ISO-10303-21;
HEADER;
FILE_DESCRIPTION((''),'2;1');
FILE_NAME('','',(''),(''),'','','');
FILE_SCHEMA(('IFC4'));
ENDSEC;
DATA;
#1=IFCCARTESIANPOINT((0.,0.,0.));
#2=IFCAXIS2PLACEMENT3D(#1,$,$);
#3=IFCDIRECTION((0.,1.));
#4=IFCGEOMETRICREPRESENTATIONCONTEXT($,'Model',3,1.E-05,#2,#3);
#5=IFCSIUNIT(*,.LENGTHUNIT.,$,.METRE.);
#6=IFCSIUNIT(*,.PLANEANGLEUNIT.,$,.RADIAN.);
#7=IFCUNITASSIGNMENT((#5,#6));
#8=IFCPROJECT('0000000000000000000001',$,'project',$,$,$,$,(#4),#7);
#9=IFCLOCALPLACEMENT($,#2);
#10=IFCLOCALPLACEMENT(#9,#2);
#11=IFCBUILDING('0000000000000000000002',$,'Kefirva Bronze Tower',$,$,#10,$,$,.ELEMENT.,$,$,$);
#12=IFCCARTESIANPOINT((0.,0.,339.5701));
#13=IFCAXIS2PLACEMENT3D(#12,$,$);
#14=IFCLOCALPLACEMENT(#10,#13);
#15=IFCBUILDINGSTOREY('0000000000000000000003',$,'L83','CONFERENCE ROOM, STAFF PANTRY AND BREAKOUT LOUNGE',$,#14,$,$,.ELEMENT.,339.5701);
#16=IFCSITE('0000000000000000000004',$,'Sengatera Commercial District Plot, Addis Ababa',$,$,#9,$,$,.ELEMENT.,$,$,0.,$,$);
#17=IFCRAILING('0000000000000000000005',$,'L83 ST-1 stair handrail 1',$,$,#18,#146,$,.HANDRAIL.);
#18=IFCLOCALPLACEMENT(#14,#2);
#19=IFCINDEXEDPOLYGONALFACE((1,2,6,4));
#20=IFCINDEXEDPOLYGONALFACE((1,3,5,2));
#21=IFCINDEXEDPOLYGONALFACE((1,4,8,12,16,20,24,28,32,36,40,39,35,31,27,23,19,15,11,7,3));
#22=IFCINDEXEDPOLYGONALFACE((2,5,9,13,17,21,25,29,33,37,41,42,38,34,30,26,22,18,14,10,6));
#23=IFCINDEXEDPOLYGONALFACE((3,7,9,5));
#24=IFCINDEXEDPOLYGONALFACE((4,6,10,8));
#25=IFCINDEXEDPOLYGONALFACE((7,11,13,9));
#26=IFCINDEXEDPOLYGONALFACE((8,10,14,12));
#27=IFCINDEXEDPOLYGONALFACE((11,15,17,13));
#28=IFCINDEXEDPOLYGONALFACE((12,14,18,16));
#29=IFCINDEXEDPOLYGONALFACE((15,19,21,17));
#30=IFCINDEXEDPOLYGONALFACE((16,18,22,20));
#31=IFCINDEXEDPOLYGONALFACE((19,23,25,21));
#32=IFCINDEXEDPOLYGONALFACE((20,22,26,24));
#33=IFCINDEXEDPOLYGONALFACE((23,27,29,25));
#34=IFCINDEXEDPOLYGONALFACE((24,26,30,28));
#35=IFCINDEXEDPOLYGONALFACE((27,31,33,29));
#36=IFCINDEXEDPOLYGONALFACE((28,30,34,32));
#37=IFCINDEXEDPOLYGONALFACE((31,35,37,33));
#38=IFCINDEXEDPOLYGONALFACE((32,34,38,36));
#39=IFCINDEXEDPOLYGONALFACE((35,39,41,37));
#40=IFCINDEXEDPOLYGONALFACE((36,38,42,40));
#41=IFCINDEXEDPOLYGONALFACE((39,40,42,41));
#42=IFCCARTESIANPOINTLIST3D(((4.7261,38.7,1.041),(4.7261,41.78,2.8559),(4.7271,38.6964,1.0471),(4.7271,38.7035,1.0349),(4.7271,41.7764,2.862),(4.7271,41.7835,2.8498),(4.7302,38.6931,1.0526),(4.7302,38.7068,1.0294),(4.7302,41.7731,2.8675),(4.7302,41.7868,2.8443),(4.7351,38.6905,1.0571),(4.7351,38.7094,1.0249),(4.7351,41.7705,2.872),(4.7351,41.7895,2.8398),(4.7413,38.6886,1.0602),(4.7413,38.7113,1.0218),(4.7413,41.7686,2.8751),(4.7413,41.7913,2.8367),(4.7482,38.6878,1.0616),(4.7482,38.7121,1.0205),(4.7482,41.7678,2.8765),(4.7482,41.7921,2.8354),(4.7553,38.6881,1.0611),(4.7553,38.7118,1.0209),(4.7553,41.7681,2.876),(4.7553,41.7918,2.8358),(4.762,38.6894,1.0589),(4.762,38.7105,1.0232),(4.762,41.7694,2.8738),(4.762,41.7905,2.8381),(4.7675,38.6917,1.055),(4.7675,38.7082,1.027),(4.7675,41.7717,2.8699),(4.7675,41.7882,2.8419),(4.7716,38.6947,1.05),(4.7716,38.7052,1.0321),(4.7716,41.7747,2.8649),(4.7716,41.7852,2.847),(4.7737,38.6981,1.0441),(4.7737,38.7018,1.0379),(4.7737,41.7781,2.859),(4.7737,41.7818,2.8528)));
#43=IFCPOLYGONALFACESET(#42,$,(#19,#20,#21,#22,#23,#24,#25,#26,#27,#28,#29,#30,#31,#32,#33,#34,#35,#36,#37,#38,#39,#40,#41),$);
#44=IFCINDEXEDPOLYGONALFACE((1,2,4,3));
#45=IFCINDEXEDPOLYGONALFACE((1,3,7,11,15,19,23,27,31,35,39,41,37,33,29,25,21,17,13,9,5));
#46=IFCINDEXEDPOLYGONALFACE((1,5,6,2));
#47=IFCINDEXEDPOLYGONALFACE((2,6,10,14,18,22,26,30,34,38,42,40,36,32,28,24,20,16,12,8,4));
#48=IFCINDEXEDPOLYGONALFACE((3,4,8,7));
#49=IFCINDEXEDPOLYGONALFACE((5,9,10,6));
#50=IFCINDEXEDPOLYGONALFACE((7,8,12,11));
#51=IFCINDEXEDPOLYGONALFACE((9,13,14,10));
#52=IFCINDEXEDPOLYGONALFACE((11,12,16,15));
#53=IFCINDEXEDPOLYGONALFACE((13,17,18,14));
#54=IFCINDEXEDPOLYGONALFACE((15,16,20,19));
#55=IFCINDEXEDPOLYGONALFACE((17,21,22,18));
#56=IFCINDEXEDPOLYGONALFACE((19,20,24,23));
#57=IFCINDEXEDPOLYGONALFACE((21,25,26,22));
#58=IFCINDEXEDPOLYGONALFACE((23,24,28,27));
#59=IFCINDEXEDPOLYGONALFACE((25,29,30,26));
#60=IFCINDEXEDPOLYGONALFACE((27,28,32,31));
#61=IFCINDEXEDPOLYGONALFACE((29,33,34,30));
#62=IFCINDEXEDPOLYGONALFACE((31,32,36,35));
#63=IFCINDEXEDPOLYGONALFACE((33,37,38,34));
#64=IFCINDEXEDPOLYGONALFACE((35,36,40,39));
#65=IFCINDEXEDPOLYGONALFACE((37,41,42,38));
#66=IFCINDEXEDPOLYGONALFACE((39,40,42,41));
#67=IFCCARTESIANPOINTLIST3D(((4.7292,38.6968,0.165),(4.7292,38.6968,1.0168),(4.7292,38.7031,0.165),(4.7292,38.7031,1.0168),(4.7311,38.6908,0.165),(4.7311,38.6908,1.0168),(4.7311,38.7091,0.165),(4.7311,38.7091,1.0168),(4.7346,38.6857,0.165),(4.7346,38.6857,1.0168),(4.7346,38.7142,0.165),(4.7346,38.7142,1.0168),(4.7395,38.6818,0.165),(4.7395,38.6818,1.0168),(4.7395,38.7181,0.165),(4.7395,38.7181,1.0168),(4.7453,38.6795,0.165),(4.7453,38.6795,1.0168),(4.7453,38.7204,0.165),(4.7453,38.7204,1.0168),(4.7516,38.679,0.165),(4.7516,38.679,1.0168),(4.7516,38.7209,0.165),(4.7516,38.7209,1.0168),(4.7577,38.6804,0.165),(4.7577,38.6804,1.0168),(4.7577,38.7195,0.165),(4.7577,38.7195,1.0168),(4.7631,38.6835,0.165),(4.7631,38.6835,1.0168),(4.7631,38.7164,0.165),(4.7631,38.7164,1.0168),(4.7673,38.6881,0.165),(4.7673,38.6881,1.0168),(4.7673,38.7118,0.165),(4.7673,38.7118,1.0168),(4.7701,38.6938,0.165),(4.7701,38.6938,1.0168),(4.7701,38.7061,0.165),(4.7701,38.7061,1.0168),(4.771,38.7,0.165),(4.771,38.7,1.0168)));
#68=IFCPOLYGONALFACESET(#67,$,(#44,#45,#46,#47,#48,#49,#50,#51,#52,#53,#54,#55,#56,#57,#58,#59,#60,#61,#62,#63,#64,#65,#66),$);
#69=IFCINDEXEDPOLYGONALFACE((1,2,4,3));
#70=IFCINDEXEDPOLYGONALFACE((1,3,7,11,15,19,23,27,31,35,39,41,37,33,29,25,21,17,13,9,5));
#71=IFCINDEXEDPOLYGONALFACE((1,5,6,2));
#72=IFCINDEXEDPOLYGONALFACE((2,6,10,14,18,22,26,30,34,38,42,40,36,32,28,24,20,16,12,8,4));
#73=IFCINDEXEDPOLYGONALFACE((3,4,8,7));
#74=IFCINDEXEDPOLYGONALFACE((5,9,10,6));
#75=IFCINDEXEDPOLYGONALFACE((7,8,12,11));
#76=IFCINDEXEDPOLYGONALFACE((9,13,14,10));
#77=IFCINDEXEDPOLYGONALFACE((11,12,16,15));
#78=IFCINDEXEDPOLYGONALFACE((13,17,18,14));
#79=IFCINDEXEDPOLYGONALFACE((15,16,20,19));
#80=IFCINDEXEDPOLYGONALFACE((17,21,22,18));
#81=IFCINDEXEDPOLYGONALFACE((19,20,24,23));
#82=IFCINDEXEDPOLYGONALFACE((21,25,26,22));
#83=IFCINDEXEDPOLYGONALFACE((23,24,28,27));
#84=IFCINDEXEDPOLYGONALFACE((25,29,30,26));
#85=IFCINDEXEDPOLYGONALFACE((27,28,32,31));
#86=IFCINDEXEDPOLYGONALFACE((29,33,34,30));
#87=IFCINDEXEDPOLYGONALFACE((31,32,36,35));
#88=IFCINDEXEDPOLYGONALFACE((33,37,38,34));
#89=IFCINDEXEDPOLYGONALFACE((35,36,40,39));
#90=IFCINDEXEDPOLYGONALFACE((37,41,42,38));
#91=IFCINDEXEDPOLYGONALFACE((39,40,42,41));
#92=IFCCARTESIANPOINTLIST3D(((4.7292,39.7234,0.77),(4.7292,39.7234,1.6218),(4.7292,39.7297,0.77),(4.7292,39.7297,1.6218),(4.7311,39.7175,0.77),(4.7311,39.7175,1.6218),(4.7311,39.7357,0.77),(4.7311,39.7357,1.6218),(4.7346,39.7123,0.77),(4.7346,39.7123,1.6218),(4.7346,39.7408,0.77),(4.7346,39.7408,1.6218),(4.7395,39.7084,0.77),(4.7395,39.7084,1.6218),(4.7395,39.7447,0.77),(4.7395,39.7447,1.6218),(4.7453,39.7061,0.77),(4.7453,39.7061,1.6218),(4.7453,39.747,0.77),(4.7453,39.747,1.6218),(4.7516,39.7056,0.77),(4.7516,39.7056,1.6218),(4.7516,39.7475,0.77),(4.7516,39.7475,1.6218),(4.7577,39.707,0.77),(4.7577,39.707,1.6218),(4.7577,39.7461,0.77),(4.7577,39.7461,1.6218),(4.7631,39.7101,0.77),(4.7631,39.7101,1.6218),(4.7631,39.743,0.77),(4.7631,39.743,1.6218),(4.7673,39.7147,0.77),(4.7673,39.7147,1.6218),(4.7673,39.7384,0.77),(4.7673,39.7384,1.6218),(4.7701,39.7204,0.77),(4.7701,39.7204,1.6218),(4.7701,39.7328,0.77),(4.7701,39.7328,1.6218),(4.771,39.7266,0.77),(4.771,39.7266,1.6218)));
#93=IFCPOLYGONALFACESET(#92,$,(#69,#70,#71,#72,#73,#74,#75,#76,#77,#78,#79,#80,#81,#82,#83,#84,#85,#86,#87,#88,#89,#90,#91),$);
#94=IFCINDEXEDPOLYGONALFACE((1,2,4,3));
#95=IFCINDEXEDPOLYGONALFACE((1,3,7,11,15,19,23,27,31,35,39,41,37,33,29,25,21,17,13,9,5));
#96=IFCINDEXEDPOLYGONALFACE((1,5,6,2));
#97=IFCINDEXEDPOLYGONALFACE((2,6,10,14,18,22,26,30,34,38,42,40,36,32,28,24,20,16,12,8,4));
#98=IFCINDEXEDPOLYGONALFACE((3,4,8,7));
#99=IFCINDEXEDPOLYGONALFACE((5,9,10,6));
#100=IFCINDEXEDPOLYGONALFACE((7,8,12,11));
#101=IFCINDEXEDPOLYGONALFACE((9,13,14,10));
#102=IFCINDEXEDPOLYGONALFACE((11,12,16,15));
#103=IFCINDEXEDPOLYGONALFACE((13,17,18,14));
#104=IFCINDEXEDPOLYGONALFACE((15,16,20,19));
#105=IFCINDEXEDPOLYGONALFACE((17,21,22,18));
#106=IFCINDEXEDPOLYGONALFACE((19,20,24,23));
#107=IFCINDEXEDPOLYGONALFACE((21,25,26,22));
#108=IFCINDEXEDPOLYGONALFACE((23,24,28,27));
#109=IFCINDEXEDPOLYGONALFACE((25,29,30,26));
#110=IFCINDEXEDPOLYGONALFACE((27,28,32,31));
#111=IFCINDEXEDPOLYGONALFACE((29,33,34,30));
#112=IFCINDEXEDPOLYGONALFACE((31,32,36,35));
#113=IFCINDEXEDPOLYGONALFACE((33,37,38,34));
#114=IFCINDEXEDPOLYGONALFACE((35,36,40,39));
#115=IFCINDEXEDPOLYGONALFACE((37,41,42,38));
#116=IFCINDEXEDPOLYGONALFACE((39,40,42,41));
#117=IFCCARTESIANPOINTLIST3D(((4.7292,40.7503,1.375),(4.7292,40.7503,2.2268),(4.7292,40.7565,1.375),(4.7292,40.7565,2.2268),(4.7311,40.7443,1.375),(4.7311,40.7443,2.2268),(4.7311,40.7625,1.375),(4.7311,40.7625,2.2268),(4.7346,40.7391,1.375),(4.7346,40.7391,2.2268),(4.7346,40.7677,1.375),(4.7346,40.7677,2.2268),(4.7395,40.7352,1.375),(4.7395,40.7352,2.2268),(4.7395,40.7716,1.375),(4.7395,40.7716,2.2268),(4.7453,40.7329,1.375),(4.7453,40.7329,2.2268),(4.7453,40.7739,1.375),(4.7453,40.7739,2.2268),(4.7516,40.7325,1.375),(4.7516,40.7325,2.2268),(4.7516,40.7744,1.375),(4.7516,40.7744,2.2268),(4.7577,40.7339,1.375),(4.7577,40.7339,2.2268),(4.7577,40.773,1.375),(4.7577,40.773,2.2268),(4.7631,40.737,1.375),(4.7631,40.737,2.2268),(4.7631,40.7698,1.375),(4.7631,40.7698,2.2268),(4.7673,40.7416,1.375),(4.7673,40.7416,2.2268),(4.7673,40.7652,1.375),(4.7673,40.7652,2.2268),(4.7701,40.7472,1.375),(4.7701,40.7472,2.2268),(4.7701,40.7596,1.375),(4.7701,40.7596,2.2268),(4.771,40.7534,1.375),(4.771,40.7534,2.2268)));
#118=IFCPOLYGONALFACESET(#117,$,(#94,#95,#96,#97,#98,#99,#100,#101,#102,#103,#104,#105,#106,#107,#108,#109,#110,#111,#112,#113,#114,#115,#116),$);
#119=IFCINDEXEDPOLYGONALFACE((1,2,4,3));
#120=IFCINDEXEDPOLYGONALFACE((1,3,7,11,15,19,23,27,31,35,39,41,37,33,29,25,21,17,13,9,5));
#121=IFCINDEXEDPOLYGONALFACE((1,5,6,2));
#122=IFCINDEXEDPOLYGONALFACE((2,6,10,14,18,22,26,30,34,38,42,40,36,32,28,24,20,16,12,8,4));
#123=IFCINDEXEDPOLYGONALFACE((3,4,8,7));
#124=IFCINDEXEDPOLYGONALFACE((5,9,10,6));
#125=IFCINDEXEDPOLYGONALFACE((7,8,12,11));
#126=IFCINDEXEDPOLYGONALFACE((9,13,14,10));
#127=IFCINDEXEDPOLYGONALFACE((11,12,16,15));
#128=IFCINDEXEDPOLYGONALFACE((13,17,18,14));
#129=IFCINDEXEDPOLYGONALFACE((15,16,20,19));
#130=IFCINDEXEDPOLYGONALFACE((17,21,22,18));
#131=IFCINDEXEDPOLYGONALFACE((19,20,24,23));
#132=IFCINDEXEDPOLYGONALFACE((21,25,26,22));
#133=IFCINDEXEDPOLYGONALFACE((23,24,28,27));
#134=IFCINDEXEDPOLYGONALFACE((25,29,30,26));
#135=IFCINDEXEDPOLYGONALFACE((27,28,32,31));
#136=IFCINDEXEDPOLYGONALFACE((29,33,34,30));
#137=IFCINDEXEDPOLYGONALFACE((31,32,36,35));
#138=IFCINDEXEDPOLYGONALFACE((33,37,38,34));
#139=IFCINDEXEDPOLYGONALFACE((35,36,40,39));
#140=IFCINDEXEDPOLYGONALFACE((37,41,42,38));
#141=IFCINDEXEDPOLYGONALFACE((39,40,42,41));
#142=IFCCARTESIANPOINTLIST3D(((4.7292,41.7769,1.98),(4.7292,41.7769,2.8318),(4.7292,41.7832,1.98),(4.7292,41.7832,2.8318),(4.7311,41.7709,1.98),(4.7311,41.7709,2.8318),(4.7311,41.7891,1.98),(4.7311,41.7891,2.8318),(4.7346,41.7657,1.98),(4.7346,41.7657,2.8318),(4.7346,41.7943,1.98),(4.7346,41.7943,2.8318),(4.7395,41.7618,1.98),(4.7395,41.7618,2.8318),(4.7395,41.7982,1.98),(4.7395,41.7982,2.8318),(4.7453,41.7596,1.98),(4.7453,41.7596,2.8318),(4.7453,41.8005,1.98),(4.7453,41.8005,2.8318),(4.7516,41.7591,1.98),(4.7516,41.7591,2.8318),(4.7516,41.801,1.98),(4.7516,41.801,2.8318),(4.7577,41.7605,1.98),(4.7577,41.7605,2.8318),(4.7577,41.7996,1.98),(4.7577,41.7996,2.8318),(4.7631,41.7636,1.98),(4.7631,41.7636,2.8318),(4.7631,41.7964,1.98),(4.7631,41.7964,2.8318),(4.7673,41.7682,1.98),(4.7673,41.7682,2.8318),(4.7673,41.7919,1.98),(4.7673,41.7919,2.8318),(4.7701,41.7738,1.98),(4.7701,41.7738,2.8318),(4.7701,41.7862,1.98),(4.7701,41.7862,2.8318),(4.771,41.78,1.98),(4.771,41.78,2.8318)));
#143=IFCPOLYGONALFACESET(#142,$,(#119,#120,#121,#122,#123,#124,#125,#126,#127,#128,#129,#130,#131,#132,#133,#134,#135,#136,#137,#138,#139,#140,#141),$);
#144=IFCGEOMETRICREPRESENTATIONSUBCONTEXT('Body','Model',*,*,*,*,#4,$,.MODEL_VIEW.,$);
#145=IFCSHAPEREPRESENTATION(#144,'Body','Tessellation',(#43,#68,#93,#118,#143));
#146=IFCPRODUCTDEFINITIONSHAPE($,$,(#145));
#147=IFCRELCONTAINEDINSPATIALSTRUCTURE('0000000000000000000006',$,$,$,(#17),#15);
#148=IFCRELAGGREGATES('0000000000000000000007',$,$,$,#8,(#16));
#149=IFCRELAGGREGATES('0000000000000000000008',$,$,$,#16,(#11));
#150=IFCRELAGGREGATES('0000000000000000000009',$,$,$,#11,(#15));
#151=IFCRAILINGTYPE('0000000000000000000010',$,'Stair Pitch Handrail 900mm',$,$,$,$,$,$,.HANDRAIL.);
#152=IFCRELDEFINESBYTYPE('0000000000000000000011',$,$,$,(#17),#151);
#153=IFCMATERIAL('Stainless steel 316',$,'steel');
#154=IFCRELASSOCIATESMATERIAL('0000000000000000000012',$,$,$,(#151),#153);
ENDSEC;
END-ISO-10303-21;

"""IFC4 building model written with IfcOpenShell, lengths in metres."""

from ifc_helpers import new_model, si_unit, direction, frame, origin, origin_2d, place, context, subcontext, project, spatial, circle, extrude, material, type_object, element, save


model = new_model("IFC4")

# Units and contexts
model_context = context("Model", 3, precision=1e-05, world=origin(), true_north=direction((0.0, 1.0)))
body_context = subcontext(model_context, "Body", "Model", "MODEL_VIEW")
ifc_project = project(units=[si_unit("LENGTHUNIT", "METRE"), si_unit("PLANEANGLEUNIT", "RADIAN")], contexts=[model_context])

# Site, building, storey
site_placement = place(None, origin())
site = spatial("IfcSite", under=ifc_project, at=site_placement, Name="Sengatera Commercial District Plot, Addis Ababa", CompositionType="ELEMENT", RefElevation=0.0)
building_placement = place(site_placement, origin())
building = spatial("IfcBuilding", under=site, at=building_placement, Name="Kefirva Bronze Tower", CompositionType="ELEMENT")
storey_placement = place(building_placement, frame((0.0, 0.0, 339.5701)))
storey = spatial("IfcBuildingStorey", under=building, at=storey_placement, Name="L83", Description="CONFERENCE ROOM, STAFF PANTRY AND BREAKOUT LOUNGE", CompositionType="ELEMENT", Elevation=339.5701)

# Railing
ifc_material_1 = material(Name="Stainless steel 316", Category="steel")
railing_type_1 = type_object("IfcRailingType", Name="Stair Pitch Handrail 900mm", PredefinedType="HANDRAIL", material=ifc_material_1)
railing_1_placement = place(storey_placement, frame((4.75, 38.7, 0.165)))
element("IfcRailing", 1, at=railing_1_placement, inside=storey, type_object=railing_type_1, Name="L83 ST-1 stair handrail 1", PredefinedType="HANDRAIL", context=body_context, shape_type="SweptSolid", body=[
    extrude(circle(Radius=0.0239, at=origin_2d()), frame((0.0, 0.0, 0.876), z_axis=(0.0, 0.861551, 0.507671), x_axis=(-1.0, 0.0, 0.0)), (0.0, 0.0, 1.0), 3.575),
    extrude(circle(Radius=0.021, at=origin_2d()), origin(), (0.0, 0.0, 1.0), 0.8518),
    extrude(circle(Radius=0.021, at=origin_2d()), frame((0.0, 1.0266, 0.605)), (0.0, 0.0, 1.0), 0.8518),
    extrude(circle(Radius=0.021, at=origin_2d()), frame((0.0, 2.0535, 1.21)), (0.0, 0.0, 1.0), 0.8518),
    extrude(circle(Radius=0.021, at=origin_2d()), frame((0.0, 3.0801, 1.8149)), (0.0, 0.0, 1.0), 0.8518),
])

save(model, "model.ifc")
